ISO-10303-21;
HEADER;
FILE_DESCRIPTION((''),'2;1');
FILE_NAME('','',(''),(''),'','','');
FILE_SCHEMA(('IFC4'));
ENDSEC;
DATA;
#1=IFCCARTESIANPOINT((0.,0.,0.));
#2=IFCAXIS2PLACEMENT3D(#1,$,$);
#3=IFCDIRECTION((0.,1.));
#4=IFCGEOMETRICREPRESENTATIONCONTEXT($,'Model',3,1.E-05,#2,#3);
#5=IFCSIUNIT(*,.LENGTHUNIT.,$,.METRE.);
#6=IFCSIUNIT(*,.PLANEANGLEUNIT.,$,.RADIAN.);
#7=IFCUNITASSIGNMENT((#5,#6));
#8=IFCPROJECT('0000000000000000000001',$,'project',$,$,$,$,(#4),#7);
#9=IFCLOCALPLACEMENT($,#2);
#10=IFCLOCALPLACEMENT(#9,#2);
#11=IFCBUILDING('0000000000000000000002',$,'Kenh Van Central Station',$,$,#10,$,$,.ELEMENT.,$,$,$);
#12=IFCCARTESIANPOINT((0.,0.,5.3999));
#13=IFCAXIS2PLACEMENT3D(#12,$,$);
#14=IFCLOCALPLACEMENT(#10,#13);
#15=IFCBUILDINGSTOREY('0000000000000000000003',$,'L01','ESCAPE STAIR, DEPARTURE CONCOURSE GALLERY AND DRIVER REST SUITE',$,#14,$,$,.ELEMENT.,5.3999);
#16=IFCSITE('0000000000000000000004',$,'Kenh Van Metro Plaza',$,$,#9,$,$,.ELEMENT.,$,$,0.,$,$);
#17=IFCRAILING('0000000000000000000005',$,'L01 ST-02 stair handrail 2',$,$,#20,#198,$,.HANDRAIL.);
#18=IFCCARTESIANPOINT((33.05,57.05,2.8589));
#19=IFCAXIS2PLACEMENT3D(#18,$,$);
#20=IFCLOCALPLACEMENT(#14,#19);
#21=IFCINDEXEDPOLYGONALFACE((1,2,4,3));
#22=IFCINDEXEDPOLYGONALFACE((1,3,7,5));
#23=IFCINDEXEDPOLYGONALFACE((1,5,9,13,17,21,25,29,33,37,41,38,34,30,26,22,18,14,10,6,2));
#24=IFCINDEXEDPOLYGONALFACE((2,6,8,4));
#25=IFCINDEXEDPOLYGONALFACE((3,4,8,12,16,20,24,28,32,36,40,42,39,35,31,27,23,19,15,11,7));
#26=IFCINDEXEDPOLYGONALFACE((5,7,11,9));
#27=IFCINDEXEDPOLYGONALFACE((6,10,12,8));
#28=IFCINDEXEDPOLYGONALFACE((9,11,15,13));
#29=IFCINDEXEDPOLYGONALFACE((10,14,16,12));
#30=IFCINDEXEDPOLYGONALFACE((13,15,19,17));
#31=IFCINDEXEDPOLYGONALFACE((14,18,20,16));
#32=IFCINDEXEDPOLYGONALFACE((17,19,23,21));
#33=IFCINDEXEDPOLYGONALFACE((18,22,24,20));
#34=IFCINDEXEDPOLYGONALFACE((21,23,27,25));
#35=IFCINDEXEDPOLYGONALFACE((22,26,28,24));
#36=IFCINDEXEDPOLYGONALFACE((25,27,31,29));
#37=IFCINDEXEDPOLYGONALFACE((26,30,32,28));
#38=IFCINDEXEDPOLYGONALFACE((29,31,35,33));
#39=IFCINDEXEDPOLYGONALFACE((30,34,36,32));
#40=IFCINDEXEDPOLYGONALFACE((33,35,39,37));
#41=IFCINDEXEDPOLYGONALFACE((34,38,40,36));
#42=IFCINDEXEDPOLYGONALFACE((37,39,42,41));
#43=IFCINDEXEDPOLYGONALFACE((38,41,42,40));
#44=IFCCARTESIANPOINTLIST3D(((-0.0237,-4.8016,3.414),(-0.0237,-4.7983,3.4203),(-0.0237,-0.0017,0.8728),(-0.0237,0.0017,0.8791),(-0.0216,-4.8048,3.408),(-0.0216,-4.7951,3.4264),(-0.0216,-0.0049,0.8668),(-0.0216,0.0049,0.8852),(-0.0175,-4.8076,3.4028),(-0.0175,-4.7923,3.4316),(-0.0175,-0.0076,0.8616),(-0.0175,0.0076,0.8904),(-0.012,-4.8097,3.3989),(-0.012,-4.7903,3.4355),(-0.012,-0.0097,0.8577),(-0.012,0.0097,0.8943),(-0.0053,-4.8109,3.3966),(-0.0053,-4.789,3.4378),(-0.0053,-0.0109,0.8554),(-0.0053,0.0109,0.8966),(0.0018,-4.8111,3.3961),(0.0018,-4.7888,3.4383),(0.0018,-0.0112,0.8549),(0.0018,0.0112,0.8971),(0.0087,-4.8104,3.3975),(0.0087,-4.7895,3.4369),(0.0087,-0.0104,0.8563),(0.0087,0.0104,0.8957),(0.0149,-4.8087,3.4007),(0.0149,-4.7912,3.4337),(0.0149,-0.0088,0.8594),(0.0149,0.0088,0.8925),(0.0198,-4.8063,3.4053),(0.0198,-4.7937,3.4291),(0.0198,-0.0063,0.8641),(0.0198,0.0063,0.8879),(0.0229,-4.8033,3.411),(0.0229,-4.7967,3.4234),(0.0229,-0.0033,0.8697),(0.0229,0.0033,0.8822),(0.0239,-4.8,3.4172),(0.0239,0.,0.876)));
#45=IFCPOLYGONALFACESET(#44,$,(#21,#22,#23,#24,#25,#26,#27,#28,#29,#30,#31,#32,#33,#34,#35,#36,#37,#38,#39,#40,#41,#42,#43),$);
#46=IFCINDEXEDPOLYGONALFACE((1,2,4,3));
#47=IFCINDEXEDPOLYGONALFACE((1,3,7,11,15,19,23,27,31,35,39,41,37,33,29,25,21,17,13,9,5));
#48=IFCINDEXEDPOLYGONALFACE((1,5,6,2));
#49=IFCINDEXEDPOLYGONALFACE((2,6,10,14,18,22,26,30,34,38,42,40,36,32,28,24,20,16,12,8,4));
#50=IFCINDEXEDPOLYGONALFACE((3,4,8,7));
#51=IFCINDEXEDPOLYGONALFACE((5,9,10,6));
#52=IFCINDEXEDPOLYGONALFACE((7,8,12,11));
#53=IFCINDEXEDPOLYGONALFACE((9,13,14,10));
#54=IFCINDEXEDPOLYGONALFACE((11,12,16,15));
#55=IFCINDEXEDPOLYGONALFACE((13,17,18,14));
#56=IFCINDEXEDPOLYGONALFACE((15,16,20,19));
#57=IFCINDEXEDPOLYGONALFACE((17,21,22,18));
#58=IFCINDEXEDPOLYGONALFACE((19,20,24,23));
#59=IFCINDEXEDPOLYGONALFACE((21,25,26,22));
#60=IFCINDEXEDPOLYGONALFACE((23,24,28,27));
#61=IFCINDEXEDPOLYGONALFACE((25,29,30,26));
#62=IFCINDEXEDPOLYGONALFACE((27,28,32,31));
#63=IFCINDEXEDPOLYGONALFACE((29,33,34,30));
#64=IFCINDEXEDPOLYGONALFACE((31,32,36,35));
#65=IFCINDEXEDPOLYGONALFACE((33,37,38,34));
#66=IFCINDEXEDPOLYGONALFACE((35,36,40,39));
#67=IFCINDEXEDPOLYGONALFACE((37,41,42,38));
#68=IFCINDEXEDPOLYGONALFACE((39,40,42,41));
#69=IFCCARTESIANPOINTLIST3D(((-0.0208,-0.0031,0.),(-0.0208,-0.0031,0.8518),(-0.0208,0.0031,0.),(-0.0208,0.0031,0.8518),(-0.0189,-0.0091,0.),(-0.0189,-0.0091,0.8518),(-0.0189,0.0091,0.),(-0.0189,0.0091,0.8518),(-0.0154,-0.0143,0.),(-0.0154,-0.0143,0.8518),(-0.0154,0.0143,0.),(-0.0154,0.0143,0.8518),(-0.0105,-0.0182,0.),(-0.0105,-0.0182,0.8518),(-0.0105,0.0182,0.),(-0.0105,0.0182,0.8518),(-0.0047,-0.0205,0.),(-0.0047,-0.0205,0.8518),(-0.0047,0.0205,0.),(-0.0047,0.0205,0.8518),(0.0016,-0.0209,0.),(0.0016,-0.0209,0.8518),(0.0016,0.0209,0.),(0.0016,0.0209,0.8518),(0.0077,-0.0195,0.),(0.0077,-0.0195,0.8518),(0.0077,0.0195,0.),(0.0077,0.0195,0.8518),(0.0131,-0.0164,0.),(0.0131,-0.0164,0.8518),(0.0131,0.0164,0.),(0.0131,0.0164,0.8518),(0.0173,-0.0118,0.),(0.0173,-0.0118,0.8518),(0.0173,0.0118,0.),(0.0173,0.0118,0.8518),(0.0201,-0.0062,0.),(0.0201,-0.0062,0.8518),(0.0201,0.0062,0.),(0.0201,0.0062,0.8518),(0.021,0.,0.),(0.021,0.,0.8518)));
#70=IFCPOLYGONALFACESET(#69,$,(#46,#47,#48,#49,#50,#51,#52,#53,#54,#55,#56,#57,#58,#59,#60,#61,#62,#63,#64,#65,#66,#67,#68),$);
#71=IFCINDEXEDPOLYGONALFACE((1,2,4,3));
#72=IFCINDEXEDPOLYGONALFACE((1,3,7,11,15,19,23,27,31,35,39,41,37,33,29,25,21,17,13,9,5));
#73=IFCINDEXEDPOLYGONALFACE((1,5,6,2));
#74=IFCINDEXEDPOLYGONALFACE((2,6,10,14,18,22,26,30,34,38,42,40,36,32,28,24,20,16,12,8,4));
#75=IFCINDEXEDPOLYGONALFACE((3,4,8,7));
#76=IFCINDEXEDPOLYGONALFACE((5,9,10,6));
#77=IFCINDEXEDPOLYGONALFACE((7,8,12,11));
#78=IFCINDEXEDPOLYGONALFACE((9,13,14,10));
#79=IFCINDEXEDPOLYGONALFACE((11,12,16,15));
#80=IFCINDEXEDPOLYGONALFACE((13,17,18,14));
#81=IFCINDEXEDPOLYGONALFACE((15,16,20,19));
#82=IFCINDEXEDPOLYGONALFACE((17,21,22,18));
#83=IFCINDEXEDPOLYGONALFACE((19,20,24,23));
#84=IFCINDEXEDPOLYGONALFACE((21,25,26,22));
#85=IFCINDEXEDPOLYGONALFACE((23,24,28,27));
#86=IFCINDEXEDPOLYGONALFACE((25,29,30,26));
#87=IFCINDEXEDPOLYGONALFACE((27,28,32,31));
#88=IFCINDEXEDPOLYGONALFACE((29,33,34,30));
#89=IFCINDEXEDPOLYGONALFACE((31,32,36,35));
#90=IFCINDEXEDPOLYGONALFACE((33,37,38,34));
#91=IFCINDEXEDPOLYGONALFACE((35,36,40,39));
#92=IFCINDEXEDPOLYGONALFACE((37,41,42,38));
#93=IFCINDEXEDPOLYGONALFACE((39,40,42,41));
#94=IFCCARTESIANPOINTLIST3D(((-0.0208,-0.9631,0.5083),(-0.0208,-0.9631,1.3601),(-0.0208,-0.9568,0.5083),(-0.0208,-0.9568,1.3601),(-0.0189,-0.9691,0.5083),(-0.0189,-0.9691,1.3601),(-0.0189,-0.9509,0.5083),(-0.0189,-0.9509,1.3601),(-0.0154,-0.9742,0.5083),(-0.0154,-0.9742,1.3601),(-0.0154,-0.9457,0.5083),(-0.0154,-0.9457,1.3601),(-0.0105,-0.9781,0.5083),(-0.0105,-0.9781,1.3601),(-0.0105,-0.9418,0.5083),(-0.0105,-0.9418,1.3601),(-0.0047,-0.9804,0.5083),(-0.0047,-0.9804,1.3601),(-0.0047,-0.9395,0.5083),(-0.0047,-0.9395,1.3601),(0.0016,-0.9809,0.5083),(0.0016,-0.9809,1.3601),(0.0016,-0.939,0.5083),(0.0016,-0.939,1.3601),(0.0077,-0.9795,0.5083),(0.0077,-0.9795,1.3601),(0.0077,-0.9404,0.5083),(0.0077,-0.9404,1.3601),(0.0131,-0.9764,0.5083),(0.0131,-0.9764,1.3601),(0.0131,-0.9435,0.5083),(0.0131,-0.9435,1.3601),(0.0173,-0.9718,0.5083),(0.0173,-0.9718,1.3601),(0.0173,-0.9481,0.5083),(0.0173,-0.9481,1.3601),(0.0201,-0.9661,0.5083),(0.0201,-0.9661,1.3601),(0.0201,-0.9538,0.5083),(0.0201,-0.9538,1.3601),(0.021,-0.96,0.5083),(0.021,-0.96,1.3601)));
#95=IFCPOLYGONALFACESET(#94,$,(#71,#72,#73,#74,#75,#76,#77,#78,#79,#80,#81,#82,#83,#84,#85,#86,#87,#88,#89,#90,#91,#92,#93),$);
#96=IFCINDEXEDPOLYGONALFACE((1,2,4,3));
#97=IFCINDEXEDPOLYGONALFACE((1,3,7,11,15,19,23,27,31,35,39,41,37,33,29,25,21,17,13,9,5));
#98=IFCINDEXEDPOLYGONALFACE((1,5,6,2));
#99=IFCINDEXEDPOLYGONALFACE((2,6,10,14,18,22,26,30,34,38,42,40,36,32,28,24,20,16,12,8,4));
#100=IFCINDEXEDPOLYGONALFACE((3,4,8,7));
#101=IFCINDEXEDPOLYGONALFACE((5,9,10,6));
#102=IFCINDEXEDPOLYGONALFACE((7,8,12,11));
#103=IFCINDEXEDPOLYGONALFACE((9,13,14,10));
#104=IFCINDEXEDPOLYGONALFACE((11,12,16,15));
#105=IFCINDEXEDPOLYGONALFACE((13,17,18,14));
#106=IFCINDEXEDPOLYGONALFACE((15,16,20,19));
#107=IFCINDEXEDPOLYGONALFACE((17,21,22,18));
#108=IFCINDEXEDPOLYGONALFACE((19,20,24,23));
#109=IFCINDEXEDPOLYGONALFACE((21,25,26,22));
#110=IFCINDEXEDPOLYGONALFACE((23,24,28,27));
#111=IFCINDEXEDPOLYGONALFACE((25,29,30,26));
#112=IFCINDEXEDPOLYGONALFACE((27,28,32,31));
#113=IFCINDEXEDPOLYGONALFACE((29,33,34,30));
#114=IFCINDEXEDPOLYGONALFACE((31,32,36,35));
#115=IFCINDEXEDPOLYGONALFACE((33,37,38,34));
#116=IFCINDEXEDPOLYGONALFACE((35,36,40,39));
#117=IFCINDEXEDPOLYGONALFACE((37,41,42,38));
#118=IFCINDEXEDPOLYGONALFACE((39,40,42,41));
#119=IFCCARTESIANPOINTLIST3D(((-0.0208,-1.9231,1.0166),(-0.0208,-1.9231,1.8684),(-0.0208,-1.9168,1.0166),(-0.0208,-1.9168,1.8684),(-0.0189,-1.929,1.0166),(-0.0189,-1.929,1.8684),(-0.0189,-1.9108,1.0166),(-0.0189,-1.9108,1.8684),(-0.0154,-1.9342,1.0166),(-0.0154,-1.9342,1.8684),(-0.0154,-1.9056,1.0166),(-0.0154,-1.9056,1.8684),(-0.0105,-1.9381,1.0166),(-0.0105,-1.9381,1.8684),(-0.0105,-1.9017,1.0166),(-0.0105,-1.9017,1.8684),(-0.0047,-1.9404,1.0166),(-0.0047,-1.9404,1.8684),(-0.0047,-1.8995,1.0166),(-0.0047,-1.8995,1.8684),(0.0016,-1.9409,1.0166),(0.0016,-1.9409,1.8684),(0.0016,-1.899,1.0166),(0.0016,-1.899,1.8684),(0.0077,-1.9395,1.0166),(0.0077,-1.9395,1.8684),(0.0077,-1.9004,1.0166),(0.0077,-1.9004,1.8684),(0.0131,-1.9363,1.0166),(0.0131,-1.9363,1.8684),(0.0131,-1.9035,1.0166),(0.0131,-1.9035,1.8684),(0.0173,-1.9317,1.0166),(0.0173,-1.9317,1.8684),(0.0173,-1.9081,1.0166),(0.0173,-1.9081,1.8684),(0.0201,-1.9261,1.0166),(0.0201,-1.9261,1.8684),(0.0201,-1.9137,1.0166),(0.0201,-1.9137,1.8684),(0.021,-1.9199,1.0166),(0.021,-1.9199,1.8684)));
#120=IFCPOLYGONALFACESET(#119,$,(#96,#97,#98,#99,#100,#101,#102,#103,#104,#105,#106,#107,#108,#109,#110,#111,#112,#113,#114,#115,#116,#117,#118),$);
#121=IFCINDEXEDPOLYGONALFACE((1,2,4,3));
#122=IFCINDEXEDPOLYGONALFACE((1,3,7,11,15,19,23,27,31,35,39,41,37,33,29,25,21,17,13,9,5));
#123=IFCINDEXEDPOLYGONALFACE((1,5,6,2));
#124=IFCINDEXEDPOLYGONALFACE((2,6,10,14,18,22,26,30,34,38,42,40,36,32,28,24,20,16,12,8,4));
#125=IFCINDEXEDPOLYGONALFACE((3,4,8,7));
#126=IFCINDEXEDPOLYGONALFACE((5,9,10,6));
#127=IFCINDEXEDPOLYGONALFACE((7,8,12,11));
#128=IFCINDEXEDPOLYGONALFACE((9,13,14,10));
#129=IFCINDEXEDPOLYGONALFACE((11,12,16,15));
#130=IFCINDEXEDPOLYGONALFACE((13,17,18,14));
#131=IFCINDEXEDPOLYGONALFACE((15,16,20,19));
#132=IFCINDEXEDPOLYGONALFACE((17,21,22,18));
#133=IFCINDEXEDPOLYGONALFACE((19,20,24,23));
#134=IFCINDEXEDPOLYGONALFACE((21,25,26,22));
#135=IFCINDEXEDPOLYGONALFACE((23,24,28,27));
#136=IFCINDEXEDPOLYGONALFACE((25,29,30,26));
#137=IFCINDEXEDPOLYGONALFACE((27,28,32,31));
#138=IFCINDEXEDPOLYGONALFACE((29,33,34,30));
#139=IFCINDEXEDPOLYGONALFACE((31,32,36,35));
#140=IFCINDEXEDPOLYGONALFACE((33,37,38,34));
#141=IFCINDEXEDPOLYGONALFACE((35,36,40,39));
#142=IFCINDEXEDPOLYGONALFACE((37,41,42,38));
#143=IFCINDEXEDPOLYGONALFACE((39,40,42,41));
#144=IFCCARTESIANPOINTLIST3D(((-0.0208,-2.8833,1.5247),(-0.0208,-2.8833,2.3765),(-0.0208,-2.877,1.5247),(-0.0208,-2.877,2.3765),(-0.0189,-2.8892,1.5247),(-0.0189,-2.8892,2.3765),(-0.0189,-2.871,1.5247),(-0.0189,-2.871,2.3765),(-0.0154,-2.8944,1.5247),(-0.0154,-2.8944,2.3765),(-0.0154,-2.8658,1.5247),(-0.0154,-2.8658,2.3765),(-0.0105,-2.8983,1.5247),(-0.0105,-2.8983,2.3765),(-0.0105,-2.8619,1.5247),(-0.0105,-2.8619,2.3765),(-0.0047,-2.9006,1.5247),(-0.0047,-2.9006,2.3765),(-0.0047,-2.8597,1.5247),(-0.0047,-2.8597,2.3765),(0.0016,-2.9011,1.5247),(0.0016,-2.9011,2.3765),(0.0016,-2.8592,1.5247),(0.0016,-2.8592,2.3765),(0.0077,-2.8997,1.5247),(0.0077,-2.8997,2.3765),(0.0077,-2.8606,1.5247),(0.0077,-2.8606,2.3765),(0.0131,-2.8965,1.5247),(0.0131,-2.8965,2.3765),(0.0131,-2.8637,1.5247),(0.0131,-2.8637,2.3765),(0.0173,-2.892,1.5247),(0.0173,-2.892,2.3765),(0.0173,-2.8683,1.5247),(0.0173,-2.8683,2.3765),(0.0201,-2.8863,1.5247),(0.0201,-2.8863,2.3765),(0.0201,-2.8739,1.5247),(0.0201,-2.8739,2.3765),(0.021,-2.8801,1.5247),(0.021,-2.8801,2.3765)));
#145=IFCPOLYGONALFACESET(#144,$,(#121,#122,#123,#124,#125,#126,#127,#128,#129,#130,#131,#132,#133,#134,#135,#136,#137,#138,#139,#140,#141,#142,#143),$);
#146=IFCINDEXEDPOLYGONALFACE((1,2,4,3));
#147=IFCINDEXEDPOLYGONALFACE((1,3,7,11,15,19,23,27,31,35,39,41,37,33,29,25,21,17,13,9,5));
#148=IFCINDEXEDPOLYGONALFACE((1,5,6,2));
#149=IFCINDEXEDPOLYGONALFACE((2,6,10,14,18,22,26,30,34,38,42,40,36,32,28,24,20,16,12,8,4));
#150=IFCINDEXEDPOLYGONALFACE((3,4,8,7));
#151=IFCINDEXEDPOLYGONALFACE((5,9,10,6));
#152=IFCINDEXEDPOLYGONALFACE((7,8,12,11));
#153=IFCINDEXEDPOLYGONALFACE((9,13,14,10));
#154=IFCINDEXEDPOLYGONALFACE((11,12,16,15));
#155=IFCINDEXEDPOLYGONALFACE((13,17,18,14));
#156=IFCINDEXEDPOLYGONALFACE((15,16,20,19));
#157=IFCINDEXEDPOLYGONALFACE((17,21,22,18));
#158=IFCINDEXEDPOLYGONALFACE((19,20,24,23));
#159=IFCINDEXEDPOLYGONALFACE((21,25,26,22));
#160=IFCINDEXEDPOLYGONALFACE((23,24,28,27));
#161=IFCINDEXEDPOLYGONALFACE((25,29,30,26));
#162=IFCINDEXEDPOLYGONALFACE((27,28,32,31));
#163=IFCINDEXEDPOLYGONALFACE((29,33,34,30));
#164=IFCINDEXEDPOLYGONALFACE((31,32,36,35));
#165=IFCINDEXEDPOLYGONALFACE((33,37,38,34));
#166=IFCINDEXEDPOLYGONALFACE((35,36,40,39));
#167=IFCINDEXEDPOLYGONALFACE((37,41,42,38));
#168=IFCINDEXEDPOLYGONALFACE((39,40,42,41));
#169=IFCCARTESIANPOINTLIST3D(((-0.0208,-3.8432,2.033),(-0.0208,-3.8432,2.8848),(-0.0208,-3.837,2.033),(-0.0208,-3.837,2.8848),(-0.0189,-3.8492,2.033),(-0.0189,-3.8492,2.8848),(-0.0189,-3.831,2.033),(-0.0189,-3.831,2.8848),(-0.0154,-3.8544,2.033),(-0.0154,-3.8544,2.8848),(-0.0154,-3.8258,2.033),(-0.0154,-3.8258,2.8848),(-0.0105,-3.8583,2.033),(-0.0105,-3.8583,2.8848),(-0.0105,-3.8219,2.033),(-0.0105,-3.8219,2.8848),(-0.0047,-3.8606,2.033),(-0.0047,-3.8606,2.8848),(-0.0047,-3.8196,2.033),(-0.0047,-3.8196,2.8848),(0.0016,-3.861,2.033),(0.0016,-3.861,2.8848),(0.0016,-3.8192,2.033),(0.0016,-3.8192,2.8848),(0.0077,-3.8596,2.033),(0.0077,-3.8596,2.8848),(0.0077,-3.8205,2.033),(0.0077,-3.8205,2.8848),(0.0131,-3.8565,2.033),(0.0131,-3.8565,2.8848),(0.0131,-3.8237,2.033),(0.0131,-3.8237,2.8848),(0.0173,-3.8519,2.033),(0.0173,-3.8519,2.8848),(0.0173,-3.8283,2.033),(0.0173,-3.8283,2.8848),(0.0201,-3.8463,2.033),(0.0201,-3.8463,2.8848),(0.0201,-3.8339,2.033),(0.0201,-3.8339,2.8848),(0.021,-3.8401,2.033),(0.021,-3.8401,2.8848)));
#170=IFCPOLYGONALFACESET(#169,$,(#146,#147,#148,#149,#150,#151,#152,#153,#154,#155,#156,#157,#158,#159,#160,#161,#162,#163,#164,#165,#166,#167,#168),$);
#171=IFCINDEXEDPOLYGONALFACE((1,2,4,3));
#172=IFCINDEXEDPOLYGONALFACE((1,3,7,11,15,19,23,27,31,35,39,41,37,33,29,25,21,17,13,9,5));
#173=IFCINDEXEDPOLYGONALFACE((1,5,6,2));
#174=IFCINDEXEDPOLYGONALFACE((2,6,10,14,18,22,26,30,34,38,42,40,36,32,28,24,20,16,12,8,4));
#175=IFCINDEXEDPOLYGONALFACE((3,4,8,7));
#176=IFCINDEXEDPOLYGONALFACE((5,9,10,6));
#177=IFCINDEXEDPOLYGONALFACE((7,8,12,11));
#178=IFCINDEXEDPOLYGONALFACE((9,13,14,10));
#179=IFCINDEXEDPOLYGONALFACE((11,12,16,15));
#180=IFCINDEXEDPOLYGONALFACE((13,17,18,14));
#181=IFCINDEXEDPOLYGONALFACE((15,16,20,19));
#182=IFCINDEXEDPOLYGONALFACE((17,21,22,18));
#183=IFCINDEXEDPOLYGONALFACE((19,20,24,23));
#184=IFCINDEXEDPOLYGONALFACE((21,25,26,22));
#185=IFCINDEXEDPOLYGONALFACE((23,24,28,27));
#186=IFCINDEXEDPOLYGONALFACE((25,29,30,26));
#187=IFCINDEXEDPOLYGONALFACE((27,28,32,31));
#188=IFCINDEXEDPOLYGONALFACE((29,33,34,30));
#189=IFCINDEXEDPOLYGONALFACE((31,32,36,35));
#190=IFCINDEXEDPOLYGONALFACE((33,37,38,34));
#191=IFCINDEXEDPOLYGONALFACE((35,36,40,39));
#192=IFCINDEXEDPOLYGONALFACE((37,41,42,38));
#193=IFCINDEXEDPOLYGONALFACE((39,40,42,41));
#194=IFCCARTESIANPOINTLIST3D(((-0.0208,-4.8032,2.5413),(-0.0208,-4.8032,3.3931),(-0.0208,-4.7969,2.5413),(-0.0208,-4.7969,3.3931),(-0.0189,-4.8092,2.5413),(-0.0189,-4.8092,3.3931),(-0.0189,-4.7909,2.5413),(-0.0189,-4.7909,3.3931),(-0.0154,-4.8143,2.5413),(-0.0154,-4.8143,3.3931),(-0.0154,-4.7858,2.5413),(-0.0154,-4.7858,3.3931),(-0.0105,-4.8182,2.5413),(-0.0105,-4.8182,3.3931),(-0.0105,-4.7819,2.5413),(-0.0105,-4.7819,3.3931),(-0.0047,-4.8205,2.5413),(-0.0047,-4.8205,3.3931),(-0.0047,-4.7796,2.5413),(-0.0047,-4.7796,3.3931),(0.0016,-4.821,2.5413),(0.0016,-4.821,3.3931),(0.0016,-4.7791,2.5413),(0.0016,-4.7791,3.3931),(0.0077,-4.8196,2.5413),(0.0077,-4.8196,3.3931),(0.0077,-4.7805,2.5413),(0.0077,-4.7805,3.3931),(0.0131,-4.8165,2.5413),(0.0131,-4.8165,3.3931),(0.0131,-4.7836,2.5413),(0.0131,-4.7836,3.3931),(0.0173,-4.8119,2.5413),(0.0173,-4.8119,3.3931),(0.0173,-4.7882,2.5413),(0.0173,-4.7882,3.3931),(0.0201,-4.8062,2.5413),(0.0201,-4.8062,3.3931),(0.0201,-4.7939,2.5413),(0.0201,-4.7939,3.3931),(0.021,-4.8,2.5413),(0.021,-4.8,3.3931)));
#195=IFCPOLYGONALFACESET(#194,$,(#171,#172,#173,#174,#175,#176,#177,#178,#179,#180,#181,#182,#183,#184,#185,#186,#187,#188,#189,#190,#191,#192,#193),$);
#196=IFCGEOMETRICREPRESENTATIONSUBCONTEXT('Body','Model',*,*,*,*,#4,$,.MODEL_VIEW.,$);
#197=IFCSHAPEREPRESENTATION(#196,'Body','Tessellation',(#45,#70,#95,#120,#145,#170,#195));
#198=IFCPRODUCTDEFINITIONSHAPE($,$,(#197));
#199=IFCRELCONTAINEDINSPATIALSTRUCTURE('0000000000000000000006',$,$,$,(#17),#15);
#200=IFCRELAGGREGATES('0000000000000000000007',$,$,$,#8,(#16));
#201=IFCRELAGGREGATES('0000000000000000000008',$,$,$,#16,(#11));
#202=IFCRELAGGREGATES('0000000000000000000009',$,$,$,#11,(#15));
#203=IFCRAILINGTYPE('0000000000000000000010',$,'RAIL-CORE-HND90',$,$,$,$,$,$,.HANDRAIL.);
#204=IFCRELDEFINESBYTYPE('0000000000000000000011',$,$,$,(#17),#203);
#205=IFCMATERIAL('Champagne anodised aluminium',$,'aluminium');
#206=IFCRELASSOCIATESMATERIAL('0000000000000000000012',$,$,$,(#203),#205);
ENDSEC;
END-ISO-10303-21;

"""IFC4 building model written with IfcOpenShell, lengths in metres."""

from ifc_helpers import new_model, si_unit, direction, frame, origin, origin_2d, place, context, subcontext, project, spatial, circle, extrude, material, type_object, element, save


model = new_model("IFC4")

# Units and contexts
model_context = context("Model", 3, precision=1e-05, world=origin(), true_north=direction((0.0, 1.0)))
body_context = subcontext(model_context, "Body", "Model", "MODEL_VIEW")
ifc_project = project(units=[si_unit("LENGTHUNIT", "METRE"), si_unit("PLANEANGLEUNIT", "RADIAN")], contexts=[model_context])

# Site, building, storey
site_placement = place(None, origin())
site = spatial("IfcSite", under=ifc_project, at=site_placement, Name="Kenh Van Metro Plaza", CompositionType="ELEMENT", RefElevation=0.0)
building_placement = place(site_placement, origin())
building = spatial("IfcBuilding", under=site, at=building_placement, Name="Kenh Van Central Station", CompositionType="ELEMENT")
storey_placement = place(building_placement, frame((0.0, 0.0, 5.3999)))
storey = spatial("IfcBuildingStorey", under=building, at=storey_placement, Name="L01", Description="ESCAPE STAIR, DEPARTURE CONCOURSE GALLERY AND DRIVER REST SUITE", CompositionType="ELEMENT", Elevation=5.3999)

# Shared definitions
ifc_material_1 = material(Name="Champagne anodised aluminium", Category="aluminium")

# Railing
railing_type_1 = type_object("IfcRailingType", Name="RAIL-CORE-HND90", PredefinedType="HANDRAIL", material=ifc_material_1)
railing_1_placement = place(storey_placement, frame((33.05, 57.05, 2.8589)))
element("IfcRailing", 1, at=railing_1_placement, inside=storey, type_object=railing_type_1, Name="L01 ST-02 stair handrail 2", PredefinedType="HANDRAIL", context=body_context, shape_type="SweptSolid", body=[
    extrude(circle(Radius=0.0239, at=origin_2d()), frame((0.0, 0.0, 0.876), z_axis=(0.0, -0.883784, 0.467896), x_axis=(1.0, 0.0, 0.0)), (0.0, 0.0, 1.0), 5.4312),
    extrude(circle(Radius=0.021, at=origin_2d()), origin(), (0.0, 0.0, 1.0), 0.8518),
    extrude(circle(Radius=0.021, at=origin_2d()), frame((0.0, -0.96, 0.5083)), (0.0, 0.0, 1.0), 0.8518),
    extrude(circle(Radius=0.021, at=origin_2d()), frame((0.0, -1.9199, 1.0166)), (0.0, 0.0, 1.0), 0.8518),
    extrude(circle(Radius=0.021, at=origin_2d()), frame((0.0, -2.8801, 1.5247)), (0.0, 0.0, 1.0), 0.8518),
    extrude(circle(Radius=0.021, at=origin_2d()), frame((0.0, -3.8401, 2.033)), (0.0, 0.0, 1.0), 0.8518),
    extrude(circle(Radius=0.021, at=origin_2d()), frame((0.0, -4.8, 2.5413)), (0.0, 0.0, 1.0), 0.8518),
])

save(model, "model.ifc")
